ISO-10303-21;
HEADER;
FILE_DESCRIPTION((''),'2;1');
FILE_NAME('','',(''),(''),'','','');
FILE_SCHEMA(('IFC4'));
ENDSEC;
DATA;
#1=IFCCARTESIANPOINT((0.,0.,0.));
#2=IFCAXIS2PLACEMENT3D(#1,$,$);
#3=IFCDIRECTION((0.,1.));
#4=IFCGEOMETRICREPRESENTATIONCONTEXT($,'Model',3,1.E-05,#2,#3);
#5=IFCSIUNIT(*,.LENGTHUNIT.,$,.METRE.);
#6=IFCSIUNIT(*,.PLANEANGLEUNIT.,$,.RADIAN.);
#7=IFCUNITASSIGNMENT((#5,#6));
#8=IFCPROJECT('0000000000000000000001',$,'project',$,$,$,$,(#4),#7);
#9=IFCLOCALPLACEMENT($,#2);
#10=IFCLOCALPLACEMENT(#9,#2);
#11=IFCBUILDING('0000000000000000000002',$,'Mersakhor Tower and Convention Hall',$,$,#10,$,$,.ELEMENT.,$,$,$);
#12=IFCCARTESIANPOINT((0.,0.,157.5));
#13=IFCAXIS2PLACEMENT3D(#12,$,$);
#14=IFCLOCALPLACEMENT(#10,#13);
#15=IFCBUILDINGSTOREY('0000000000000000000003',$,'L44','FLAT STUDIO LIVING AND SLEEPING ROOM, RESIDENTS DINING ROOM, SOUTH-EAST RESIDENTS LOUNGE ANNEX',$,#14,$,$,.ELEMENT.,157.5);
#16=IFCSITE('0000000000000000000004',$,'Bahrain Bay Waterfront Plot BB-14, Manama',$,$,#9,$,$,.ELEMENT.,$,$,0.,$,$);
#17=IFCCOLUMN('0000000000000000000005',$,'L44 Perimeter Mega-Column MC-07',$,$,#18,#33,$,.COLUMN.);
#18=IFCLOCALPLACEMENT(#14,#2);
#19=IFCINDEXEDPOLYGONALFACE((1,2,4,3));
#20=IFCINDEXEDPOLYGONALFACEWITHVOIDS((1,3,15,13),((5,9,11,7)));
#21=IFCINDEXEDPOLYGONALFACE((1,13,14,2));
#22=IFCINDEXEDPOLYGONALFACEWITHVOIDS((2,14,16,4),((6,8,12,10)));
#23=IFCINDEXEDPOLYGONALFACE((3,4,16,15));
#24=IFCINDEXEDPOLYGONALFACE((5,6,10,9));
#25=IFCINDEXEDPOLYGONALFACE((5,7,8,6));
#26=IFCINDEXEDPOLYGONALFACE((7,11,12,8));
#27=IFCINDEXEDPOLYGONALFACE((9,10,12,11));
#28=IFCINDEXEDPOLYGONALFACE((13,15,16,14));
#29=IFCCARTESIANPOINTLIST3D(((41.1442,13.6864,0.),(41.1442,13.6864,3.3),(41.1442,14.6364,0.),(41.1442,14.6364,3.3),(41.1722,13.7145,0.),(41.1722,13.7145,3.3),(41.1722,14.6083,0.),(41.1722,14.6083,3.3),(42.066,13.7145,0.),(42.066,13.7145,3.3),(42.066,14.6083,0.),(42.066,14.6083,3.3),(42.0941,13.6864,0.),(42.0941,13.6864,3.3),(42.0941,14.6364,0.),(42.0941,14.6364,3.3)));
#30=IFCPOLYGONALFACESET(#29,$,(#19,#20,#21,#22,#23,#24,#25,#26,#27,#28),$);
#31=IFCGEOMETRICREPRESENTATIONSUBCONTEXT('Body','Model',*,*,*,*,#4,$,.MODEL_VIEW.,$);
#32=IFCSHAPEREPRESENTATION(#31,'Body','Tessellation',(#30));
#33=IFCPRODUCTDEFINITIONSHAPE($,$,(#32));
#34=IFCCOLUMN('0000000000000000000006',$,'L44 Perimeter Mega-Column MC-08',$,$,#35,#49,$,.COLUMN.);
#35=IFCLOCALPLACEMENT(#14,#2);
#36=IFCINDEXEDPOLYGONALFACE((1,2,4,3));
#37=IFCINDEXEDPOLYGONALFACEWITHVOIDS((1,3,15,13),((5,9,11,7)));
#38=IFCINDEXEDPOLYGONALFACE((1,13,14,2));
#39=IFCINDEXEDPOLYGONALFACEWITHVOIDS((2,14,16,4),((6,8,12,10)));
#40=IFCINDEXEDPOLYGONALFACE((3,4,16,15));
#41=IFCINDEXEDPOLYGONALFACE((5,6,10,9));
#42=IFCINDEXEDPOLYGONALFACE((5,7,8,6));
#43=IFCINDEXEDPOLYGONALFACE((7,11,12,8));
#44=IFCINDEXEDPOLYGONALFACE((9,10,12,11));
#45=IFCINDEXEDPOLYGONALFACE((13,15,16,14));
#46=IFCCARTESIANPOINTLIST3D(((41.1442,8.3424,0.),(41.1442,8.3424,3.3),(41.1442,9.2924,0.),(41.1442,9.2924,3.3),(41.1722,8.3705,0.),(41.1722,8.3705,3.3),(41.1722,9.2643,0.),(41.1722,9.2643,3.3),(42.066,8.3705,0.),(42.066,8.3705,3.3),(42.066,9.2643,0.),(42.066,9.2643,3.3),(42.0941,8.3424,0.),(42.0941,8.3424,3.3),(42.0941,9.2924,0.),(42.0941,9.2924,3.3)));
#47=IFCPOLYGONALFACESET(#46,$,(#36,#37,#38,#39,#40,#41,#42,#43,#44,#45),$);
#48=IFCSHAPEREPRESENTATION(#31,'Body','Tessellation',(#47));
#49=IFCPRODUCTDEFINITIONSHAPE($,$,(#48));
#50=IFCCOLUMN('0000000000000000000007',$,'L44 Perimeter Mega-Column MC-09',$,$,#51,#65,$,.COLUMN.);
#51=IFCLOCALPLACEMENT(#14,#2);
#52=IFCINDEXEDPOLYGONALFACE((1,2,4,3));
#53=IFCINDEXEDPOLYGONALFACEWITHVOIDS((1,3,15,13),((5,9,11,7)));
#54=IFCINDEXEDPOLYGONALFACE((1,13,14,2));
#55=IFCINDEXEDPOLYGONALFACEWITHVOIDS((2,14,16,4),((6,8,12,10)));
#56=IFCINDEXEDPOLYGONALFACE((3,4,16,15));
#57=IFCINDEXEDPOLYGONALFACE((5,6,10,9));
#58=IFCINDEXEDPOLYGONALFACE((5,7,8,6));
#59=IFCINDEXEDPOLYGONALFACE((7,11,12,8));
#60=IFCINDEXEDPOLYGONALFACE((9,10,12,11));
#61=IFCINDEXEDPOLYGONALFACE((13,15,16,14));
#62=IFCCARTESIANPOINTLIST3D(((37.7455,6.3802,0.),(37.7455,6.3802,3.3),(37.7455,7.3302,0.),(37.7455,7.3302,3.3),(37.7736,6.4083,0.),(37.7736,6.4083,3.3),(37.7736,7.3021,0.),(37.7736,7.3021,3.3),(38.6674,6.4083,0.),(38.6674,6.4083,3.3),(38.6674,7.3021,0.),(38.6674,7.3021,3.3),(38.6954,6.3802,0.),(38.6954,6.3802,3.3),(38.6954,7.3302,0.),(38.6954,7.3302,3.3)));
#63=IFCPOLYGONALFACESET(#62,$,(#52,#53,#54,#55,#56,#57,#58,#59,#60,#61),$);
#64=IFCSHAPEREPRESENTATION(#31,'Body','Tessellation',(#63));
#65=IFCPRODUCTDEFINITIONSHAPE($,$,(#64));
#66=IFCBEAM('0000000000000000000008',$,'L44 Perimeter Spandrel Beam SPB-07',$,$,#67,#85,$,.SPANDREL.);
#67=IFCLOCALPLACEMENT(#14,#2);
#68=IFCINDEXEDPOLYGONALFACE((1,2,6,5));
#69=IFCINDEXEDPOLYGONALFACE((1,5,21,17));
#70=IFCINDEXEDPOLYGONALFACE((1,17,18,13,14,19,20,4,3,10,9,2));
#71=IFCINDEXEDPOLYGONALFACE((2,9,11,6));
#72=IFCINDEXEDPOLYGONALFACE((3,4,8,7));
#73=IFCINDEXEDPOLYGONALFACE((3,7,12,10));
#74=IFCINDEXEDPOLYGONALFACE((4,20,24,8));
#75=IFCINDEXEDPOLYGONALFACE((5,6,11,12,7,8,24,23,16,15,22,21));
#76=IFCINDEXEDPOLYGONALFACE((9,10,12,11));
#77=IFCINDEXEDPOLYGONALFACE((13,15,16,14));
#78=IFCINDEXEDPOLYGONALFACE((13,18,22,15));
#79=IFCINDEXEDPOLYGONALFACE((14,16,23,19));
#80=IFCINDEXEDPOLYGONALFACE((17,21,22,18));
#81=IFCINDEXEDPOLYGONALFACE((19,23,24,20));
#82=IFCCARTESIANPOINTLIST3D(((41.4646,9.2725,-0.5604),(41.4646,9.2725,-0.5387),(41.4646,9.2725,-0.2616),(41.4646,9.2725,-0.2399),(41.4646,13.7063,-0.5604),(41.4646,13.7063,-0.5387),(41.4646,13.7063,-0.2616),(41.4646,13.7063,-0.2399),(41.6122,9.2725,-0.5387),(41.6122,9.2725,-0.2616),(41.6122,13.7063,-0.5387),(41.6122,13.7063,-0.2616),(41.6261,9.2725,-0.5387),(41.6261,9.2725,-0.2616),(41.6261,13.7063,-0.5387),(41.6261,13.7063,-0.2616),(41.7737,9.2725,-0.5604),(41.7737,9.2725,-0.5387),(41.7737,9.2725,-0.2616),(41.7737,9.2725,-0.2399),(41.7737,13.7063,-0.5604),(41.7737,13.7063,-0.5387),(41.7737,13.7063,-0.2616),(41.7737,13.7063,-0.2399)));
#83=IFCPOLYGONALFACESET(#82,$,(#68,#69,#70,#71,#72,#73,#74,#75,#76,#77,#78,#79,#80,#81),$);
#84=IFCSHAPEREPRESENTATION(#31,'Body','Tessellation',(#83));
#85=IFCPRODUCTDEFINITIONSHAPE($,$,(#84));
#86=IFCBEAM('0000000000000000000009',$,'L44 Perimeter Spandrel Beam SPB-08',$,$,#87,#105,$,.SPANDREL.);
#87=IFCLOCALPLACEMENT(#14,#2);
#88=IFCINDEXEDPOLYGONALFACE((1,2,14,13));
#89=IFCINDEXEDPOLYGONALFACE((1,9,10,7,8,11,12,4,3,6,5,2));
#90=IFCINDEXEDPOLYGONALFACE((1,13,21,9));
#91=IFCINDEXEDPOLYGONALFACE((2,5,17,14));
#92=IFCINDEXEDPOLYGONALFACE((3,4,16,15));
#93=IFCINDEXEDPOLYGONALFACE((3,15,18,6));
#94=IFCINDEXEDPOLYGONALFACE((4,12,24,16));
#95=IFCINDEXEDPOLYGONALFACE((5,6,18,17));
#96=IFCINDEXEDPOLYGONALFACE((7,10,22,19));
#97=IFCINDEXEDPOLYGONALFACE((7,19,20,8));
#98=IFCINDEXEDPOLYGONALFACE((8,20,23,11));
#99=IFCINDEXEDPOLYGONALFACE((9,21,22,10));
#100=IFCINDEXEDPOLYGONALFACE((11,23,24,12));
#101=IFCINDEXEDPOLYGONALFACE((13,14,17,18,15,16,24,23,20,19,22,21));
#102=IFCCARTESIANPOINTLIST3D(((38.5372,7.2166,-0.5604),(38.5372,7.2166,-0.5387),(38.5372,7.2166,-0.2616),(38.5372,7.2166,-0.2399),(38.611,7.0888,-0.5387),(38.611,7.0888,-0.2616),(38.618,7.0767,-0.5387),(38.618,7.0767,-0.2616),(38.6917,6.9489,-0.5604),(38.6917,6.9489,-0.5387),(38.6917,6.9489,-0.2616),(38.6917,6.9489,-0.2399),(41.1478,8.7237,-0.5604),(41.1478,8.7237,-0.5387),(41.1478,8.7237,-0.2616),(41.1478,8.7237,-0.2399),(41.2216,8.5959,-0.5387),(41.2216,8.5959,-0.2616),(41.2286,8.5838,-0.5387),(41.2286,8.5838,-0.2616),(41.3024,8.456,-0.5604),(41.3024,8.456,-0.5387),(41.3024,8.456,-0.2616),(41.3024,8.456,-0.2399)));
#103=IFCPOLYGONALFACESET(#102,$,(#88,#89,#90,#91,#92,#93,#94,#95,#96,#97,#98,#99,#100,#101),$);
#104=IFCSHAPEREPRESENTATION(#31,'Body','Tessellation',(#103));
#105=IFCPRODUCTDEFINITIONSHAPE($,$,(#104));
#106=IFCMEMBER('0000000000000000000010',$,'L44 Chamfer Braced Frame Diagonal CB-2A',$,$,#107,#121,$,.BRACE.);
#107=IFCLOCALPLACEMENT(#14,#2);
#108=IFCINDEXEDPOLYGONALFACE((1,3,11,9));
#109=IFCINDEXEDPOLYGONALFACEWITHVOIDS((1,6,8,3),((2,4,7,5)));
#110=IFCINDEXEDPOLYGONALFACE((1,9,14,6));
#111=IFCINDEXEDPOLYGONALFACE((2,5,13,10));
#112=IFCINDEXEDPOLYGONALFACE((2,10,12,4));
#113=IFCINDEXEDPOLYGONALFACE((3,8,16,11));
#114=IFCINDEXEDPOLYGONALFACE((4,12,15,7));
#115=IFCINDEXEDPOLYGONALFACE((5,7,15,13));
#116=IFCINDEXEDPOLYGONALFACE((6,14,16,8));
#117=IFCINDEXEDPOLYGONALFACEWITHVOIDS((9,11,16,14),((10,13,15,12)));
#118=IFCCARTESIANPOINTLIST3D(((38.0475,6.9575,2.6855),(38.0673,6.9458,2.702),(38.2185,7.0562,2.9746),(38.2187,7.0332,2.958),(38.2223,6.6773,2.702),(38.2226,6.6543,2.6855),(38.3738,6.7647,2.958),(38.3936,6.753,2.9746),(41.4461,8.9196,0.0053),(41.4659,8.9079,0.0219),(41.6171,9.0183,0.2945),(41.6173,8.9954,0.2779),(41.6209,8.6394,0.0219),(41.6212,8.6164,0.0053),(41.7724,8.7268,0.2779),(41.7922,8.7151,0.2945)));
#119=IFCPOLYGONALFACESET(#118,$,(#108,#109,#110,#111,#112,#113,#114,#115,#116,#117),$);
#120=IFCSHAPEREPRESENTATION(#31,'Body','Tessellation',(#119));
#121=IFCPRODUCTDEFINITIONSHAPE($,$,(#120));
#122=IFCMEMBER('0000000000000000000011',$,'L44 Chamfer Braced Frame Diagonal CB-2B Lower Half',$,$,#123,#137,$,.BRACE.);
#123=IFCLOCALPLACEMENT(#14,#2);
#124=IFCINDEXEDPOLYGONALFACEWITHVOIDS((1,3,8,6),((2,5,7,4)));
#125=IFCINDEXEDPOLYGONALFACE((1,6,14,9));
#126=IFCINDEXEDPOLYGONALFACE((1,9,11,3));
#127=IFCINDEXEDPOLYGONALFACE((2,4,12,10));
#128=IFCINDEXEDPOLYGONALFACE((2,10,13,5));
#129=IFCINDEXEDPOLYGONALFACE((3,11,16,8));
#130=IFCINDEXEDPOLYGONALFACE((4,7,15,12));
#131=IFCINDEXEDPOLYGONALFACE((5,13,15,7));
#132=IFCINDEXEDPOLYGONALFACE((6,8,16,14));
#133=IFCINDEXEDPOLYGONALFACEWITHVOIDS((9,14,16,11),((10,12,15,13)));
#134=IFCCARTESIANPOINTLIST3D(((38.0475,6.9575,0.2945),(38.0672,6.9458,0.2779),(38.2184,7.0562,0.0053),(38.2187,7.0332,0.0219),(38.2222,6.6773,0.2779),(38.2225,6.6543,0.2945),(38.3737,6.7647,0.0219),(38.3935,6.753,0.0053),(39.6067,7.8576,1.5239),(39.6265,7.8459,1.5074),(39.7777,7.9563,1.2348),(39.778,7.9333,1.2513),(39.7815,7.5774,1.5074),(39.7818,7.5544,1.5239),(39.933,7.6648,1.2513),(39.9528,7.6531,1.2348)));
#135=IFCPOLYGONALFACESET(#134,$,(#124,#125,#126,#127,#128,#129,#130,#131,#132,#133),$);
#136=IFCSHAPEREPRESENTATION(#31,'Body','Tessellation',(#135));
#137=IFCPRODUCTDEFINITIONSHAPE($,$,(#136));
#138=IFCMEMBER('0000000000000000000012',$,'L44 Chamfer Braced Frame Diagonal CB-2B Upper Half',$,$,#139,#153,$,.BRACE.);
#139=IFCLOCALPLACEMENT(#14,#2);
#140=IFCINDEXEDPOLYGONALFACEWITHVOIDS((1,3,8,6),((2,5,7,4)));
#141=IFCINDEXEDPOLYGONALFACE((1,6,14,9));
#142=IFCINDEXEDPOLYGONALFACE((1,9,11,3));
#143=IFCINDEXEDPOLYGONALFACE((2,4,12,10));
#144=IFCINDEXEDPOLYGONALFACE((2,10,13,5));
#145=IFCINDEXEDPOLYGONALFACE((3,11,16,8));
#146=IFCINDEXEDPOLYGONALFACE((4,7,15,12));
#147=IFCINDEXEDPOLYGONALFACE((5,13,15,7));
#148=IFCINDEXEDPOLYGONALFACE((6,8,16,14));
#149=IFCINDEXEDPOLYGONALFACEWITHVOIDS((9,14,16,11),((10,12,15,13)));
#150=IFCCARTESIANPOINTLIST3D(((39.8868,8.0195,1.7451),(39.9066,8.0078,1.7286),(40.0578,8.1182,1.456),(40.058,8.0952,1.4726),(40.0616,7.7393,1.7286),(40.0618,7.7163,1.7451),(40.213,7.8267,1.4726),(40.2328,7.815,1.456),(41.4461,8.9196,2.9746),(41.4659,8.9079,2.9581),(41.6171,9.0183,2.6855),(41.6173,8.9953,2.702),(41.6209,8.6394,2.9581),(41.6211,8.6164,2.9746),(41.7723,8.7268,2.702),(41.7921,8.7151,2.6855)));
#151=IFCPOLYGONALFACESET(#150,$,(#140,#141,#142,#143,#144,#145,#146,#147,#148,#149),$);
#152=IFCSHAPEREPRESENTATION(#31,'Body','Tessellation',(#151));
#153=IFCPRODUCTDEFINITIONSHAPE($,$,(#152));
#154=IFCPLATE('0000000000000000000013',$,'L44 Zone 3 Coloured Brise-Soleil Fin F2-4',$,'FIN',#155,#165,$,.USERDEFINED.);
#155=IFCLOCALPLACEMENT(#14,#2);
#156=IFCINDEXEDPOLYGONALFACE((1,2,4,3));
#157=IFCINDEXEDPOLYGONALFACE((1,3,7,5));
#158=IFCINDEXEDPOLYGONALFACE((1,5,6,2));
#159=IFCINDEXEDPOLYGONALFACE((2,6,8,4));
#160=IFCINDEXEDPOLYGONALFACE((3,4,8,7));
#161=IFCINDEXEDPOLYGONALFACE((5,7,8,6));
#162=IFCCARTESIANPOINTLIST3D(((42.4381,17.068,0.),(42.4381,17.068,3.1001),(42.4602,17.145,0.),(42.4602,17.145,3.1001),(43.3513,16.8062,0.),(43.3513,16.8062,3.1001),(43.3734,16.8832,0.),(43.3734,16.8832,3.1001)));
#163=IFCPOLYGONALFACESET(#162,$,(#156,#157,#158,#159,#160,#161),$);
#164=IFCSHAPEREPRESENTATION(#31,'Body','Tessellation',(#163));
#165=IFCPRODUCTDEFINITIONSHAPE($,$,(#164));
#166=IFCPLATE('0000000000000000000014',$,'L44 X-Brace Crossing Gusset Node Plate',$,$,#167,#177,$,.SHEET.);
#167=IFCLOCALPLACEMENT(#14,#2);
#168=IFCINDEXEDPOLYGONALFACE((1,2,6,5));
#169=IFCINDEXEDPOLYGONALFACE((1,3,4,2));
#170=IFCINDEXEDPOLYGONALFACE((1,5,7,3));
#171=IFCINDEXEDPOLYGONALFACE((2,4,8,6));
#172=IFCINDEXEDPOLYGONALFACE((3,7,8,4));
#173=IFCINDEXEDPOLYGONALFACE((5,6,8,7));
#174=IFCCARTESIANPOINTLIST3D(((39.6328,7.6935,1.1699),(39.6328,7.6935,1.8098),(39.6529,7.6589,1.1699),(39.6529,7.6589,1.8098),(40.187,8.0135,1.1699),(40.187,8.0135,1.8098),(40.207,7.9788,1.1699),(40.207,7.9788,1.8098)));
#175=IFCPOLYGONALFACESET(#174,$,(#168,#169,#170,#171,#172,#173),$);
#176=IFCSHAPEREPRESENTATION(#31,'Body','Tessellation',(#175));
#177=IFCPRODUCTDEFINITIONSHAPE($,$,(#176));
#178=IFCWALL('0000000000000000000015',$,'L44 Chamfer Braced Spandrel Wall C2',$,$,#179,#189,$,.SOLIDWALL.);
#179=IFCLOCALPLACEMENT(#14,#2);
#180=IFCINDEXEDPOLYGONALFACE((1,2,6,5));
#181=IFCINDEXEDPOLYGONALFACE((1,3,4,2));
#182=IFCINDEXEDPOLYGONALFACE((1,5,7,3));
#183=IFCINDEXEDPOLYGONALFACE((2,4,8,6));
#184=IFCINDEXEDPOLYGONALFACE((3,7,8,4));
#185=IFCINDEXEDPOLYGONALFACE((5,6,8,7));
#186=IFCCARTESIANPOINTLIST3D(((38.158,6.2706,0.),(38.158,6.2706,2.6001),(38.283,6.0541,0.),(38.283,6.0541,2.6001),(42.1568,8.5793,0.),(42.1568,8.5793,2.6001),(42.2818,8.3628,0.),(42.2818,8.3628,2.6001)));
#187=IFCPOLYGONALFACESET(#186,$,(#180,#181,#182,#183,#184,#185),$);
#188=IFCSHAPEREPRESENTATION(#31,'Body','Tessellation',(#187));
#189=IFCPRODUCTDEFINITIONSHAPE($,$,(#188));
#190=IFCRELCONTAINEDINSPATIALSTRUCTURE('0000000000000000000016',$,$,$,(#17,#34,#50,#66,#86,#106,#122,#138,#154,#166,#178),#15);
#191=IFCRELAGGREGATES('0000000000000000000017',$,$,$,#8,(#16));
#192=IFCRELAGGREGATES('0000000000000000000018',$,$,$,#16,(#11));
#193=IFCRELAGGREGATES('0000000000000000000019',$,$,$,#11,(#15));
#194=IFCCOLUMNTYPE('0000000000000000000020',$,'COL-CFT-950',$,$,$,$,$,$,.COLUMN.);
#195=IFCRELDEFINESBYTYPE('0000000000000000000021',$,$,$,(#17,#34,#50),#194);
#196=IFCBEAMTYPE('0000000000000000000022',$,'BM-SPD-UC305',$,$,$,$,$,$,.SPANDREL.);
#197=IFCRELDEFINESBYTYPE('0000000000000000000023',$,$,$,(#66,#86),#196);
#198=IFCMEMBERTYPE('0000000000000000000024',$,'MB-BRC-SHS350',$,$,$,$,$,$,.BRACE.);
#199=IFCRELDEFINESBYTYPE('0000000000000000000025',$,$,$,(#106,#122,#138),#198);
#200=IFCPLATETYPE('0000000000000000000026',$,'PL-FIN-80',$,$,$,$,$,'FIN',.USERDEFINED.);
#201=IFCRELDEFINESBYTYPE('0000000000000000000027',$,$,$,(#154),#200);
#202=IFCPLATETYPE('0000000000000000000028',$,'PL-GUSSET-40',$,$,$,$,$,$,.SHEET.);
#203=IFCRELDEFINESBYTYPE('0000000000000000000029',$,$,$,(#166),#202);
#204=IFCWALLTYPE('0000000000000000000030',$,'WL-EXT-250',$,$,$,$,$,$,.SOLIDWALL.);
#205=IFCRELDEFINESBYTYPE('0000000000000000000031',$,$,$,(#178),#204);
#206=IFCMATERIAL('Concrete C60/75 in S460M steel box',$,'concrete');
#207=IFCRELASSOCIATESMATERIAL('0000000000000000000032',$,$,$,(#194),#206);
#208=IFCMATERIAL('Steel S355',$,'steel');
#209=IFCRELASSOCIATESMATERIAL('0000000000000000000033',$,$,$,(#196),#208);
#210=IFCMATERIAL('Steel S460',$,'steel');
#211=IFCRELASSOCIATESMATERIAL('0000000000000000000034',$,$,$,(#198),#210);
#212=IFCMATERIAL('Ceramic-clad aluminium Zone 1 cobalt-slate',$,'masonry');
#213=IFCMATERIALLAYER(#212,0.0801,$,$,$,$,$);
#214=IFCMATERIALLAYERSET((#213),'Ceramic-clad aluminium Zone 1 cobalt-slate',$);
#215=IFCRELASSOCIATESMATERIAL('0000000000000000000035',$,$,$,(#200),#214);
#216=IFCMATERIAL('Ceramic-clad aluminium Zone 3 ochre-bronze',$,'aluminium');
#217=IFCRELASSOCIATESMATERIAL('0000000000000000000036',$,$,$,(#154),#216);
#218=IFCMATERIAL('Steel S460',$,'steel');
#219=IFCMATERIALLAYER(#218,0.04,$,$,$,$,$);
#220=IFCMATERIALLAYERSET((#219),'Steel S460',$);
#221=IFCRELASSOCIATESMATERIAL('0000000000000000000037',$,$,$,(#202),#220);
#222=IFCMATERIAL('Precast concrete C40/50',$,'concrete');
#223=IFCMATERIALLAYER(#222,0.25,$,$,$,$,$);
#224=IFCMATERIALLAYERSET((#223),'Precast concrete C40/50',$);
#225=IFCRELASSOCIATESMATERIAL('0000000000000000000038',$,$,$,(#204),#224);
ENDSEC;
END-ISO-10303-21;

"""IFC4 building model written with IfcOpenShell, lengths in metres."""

from ifc_helpers import new_model, si_unit, direction, frame, frame_2d, origin, origin_2d, place, context, subcontext, project, spatial, rectangle, hollow_rectangle, i_section, extrude, material, layer, layer_set, material_profile, profile_set, type_object, element, save


model = new_model("IFC4")

# Units and contexts
model_context = context("Model", 3, precision=1e-05, world=origin(), true_north=direction((0.0, 1.0)))
body_context = subcontext(model_context, "Body", "Model", "MODEL_VIEW")
ifc_project = project(units=[si_unit("LENGTHUNIT", "METRE"), si_unit("PLANEANGLEUNIT", "RADIAN")], contexts=[model_context])

# Site, building, storey
site_placement = place(None, origin())
site = spatial("IfcSite", under=ifc_project, at=site_placement, Name="Bahrain Bay Waterfront Plot BB-14, Manama", CompositionType="ELEMENT", RefElevation=0.0)
building_placement = place(site_placement, origin())
building = spatial("IfcBuilding", under=site, at=building_placement, Name="Mersakhor Tower and Convention Hall", CompositionType="ELEMENT")
storey_placement = place(building_placement, frame((0.0, 0.0, 157.5)))
storey = spatial("IfcBuildingStorey", under=building, at=storey_placement, Name="L44", Description="FLAT STUDIO LIVING AND SLEEPING ROOM, RESIDENTS DINING ROOM, SOUTH-EAST RESIDENTS LOUNGE ANNEX", CompositionType="ELEMENT", Elevation=157.5)

# Columns
ifc_material_1 = material(Name="Concrete C60/75 in S460M steel box", Category="concrete")
ifc_material_profile_1 = material_profile(ifc_material_1, hollow_rectangle(XDim=0.95, YDim=0.95, WallThickness=0.0281, at=origin_2d()), Name="SHS 950x950x28")
ifc_profile_set_1 = profile_set([ifc_material_profile_1], Name="Concrete C60/75 in S460M steel box")
column_type = type_object("IfcColumnType", Name="COL-CFT-950", PredefinedType="COLUMN", material=ifc_profile_set_1)
for number, where, z_axis, x_axis, name in (
    (1, (41.6191, 14.1614, 0.0), (0.0, 0.0, 1.0), (1.0, 0.0, 0.0), "L44 Perimeter Mega-Column MC-07"),
    (2, (41.6191, 8.8174, 0.0), (0.0, 0.0, 1.0), (1.0, 0.0, 0.0), "L44 Perimeter Mega-Column MC-08"),
    (3, (38.2205, 6.8552, 0.0), (0.0, 0.0, 1.0), (1.0, 0.0, 0.0), "L44 Perimeter Mega-Column MC-09"),
):
    element("IfcColumn", number, at=place(storey_placement, frame(where, z_axis=z_axis, x_axis=x_axis)), inside=storey, type_object=column_type, Name=name, PredefinedType="COLUMN", context=body_context, shape_type="SweptSolid", body=[
        extrude(hollow_rectangle(XDim=0.95, YDim=0.95, WallThickness=0.0281, at=origin_2d()), origin(), (0.0, 0.0, 1.0), 3.3),
    ])

# Beams
ifc_material_2 = material(Name="Steel S355", Category="steel")
ifc_material_profile_2 = material_profile(ifc_material_2, i_section(OverallWidth=0.3091, OverallDepth=0.3206, WebThickness=0.0139, FlangeThickness=0.0217, at=origin_2d()), Name="UC 305x305x137")
ifc_profile_set_2 = profile_set([ifc_material_profile_2], Name="Steel S355")
beam_type = type_object("IfcBeamType", Name="BM-SPD-UC305", PredefinedType="SPANDREL", material=ifc_profile_set_2)
beam_1_placement = place(storey_placement, frame((41.6191, 13.7063, -0.4001), z_axis=(0.0, -1.0, 0.0), x_axis=(1.0, 0.0, 0.0)))
element("IfcBeam", 4, at=beam_1_placement, inside=storey, type_object=beam_type, Name="L44 Perimeter Spandrel Beam SPB-07", PredefinedType="SPANDREL", context=body_context, shape_type="SweptSolid", body=[
    extrude(i_section(OverallWidth=0.3091, OverallDepth=0.3206, WebThickness=0.0139, FlangeThickness=0.0217, at=origin_2d()), origin(), (0.0, 0.0, 1.0), 4.4338),
])
beam_2_placement = place(storey_placement, frame((41.2251, 8.5898, -0.4001), z_axis=(-0.866047, -0.499963, 0.0), x_axis=(0.499963, -0.866047, 0.0)))
element("IfcBeam", 5, at=beam_2_placement, inside=storey, type_object=beam_type, Name="L44 Perimeter Spandrel Beam SPB-08", PredefinedType="SPANDREL", context=body_context, shape_type="SweptSolid", body=[
    extrude(i_section(OverallWidth=0.3091, OverallDepth=0.3206, WebThickness=0.0139, FlangeThickness=0.0217, at=origin_2d()), origin(), (0.0, 0.0, 1.0), 3.0144),
])

# Members
ifc_material_3 = material(Name="Steel S460", Category="steel")
ifc_material_profile_3 = material_profile(ifc_material_3, hollow_rectangle(XDim=0.3501, YDim=0.3501, WallThickness=0.02, at=origin_2d()), Name="SHS 350x350x20")
ifc_profile_set_3 = profile_set([ifc_material_profile_3], Name="Steel S460")
member_type = type_object("IfcMemberType", Name="MB-BRC-SHS350", PredefinedType="BRACE", material=ifc_profile_set_3)
member_placement = place(storey_placement, frame((41.6191, 8.8174, 0.1499), z_axis=(-0.715164, -0.412885, 0.563973), x_axis=(0.499986, -0.866033, 0.0)))
element("IfcMember", 6, at=member_placement, inside=storey, type_object=member_type, Name="L44 Chamfer Braced Frame Diagonal CB-2A", PredefinedType="BRACE", context=body_context, shape_type="SweptSolid", body=[
    extrude(hollow_rectangle(XDim=0.3501, YDim=0.3501, WallThickness=0.02, at=origin_2d()), origin(), (0.0, 0.0, 1.0), 4.7522),
])
for number, where, z_axis, x_axis, name in (
    (7, (38.2205, 6.8552, 0.1499), (0.715211, 0.412867, 0.563927), (-0.499945, 0.866057, 0.0), "L44 Chamfer Braced Frame Diagonal CB-2B Lower Half"),
    (8, (40.0598, 7.9172, 1.6006), (0.715211, 0.412867, 0.563927), (-0.499945, 0.866057, 0.0), "L44 Chamfer Braced Frame Diagonal CB-2B Upper Half"),
):
    element("IfcMember", number, at=place(storey_placement, frame(where, z_axis=z_axis, x_axis=x_axis)), inside=storey, type_object=member_type, Name=name, PredefinedType="BRACE", context=body_context, shape_type="SweptSolid", body=[
        extrude(hollow_rectangle(XDim=0.3501, YDim=0.3501, WallThickness=0.02, at=origin_2d()), origin(), (0.0, 0.0, 1.0), 2.1802),
    ])

# Plates
ifc_material_4 = material(Name="Ceramic-clad aluminium Zone 3 ochre-bronze", Category="aluminium")
ifc_material_5 = material(Name="Ceramic-clad aluminium Zone 1 cobalt-slate", Category="masonry")
ifc_layer_1 = layer(ifc_material_5, 0.0801)
ifc_layer_set_1 = layer_set([ifc_layer_1], Name="Ceramic-clad aluminium Zone 1 cobalt-slate")
plate_type_1 = type_object("IfcPlateType", Name="PL-FIN-80", ElementType="FIN", PredefinedType="USERDEFINED", material=ifc_layer_set_1)
plate_1_placement = place(storey_placement, frame((42.9058, 16.9756, 0.0), z_axis=(0.0, 0.0, 1.0), x_axis=(0.961262, -0.275637, 0.0)))
element("IfcPlate", 9, at=plate_1_placement, inside=storey, type_object=plate_type_1, material=ifc_material_4, Name="L44 Zone 3 Coloured Brise-Soleil Fin F2-4", ObjectType="FIN", PredefinedType="USERDEFINED", context=body_context, shape_type="SweptSolid", body=[
    extrude(rectangle(XDim=0.95, YDim=0.0801, at=origin_2d()), origin(), (0.0, 0.0, 1.0), 3.1001),
])
ifc_material_6 = material(Name="Steel S460", Category="steel")
ifc_layer_2 = layer(ifc_material_6, 0.04)
ifc_layer_set_2 = layer_set([ifc_layer_2], Name="Steel S460")
plate_type_2 = type_object("IfcPlateType", Name="PL-GUSSET-40", PredefinedType="SHEET", material=ifc_layer_set_2)
plate_2_placement = place(storey_placement, frame((39.9199, 7.8362, 1.1699), z_axis=(0.0, 0.0, 1.0), x_axis=(0.866025, 0.5, 0.0)))
element("IfcPlate", 10, at=plate_2_placement, inside=storey, type_object=plate_type_2, Name="L44 X-Brace Crossing Gusset Node Plate", PredefinedType="SHEET", context=body_context, shape_type="SweptSolid", body=[
    extrude(rectangle(XDim=0.6399, YDim=0.04, at=origin_2d()), origin(), (0.0, 0.0, 1.0), 0.6399),
])

# Wall
ifc_material_7 = material(Name="Precast concrete C40/50", Category="concrete")
ifc_layer_3 = layer(ifc_material_7, 0.25)
ifc_layer_set_3 = layer_set([ifc_layer_3], Name="Precast concrete C40/50")
wall_type_1 = type_object("IfcWallType", Name="WL-EXT-250", PredefinedType="SOLIDWALL", material=ifc_layer_set_3)
wall_1_placement = place(storey_placement, frame((42.2192, 8.4709, 0.0), z_axis=(0.0, 0.0, 1.0), x_axis=(-0.866035, -0.499983, 0.0)))
element("IfcWall", 11, at=wall_1_placement, inside=storey, type_object=wall_type_1, Name="L44 Chamfer Braced Spandrel Wall C2", PredefinedType="SOLIDWALL", context=body_context, shape_type="SweptSolid", body=[
    extrude(rectangle(XDim=4.6174, YDim=0.25, at=frame_2d((2.3086, 0.0))), origin(), (0.0, 0.0, 1.0), 2.6001),
])

save(model, "model.ifc")
